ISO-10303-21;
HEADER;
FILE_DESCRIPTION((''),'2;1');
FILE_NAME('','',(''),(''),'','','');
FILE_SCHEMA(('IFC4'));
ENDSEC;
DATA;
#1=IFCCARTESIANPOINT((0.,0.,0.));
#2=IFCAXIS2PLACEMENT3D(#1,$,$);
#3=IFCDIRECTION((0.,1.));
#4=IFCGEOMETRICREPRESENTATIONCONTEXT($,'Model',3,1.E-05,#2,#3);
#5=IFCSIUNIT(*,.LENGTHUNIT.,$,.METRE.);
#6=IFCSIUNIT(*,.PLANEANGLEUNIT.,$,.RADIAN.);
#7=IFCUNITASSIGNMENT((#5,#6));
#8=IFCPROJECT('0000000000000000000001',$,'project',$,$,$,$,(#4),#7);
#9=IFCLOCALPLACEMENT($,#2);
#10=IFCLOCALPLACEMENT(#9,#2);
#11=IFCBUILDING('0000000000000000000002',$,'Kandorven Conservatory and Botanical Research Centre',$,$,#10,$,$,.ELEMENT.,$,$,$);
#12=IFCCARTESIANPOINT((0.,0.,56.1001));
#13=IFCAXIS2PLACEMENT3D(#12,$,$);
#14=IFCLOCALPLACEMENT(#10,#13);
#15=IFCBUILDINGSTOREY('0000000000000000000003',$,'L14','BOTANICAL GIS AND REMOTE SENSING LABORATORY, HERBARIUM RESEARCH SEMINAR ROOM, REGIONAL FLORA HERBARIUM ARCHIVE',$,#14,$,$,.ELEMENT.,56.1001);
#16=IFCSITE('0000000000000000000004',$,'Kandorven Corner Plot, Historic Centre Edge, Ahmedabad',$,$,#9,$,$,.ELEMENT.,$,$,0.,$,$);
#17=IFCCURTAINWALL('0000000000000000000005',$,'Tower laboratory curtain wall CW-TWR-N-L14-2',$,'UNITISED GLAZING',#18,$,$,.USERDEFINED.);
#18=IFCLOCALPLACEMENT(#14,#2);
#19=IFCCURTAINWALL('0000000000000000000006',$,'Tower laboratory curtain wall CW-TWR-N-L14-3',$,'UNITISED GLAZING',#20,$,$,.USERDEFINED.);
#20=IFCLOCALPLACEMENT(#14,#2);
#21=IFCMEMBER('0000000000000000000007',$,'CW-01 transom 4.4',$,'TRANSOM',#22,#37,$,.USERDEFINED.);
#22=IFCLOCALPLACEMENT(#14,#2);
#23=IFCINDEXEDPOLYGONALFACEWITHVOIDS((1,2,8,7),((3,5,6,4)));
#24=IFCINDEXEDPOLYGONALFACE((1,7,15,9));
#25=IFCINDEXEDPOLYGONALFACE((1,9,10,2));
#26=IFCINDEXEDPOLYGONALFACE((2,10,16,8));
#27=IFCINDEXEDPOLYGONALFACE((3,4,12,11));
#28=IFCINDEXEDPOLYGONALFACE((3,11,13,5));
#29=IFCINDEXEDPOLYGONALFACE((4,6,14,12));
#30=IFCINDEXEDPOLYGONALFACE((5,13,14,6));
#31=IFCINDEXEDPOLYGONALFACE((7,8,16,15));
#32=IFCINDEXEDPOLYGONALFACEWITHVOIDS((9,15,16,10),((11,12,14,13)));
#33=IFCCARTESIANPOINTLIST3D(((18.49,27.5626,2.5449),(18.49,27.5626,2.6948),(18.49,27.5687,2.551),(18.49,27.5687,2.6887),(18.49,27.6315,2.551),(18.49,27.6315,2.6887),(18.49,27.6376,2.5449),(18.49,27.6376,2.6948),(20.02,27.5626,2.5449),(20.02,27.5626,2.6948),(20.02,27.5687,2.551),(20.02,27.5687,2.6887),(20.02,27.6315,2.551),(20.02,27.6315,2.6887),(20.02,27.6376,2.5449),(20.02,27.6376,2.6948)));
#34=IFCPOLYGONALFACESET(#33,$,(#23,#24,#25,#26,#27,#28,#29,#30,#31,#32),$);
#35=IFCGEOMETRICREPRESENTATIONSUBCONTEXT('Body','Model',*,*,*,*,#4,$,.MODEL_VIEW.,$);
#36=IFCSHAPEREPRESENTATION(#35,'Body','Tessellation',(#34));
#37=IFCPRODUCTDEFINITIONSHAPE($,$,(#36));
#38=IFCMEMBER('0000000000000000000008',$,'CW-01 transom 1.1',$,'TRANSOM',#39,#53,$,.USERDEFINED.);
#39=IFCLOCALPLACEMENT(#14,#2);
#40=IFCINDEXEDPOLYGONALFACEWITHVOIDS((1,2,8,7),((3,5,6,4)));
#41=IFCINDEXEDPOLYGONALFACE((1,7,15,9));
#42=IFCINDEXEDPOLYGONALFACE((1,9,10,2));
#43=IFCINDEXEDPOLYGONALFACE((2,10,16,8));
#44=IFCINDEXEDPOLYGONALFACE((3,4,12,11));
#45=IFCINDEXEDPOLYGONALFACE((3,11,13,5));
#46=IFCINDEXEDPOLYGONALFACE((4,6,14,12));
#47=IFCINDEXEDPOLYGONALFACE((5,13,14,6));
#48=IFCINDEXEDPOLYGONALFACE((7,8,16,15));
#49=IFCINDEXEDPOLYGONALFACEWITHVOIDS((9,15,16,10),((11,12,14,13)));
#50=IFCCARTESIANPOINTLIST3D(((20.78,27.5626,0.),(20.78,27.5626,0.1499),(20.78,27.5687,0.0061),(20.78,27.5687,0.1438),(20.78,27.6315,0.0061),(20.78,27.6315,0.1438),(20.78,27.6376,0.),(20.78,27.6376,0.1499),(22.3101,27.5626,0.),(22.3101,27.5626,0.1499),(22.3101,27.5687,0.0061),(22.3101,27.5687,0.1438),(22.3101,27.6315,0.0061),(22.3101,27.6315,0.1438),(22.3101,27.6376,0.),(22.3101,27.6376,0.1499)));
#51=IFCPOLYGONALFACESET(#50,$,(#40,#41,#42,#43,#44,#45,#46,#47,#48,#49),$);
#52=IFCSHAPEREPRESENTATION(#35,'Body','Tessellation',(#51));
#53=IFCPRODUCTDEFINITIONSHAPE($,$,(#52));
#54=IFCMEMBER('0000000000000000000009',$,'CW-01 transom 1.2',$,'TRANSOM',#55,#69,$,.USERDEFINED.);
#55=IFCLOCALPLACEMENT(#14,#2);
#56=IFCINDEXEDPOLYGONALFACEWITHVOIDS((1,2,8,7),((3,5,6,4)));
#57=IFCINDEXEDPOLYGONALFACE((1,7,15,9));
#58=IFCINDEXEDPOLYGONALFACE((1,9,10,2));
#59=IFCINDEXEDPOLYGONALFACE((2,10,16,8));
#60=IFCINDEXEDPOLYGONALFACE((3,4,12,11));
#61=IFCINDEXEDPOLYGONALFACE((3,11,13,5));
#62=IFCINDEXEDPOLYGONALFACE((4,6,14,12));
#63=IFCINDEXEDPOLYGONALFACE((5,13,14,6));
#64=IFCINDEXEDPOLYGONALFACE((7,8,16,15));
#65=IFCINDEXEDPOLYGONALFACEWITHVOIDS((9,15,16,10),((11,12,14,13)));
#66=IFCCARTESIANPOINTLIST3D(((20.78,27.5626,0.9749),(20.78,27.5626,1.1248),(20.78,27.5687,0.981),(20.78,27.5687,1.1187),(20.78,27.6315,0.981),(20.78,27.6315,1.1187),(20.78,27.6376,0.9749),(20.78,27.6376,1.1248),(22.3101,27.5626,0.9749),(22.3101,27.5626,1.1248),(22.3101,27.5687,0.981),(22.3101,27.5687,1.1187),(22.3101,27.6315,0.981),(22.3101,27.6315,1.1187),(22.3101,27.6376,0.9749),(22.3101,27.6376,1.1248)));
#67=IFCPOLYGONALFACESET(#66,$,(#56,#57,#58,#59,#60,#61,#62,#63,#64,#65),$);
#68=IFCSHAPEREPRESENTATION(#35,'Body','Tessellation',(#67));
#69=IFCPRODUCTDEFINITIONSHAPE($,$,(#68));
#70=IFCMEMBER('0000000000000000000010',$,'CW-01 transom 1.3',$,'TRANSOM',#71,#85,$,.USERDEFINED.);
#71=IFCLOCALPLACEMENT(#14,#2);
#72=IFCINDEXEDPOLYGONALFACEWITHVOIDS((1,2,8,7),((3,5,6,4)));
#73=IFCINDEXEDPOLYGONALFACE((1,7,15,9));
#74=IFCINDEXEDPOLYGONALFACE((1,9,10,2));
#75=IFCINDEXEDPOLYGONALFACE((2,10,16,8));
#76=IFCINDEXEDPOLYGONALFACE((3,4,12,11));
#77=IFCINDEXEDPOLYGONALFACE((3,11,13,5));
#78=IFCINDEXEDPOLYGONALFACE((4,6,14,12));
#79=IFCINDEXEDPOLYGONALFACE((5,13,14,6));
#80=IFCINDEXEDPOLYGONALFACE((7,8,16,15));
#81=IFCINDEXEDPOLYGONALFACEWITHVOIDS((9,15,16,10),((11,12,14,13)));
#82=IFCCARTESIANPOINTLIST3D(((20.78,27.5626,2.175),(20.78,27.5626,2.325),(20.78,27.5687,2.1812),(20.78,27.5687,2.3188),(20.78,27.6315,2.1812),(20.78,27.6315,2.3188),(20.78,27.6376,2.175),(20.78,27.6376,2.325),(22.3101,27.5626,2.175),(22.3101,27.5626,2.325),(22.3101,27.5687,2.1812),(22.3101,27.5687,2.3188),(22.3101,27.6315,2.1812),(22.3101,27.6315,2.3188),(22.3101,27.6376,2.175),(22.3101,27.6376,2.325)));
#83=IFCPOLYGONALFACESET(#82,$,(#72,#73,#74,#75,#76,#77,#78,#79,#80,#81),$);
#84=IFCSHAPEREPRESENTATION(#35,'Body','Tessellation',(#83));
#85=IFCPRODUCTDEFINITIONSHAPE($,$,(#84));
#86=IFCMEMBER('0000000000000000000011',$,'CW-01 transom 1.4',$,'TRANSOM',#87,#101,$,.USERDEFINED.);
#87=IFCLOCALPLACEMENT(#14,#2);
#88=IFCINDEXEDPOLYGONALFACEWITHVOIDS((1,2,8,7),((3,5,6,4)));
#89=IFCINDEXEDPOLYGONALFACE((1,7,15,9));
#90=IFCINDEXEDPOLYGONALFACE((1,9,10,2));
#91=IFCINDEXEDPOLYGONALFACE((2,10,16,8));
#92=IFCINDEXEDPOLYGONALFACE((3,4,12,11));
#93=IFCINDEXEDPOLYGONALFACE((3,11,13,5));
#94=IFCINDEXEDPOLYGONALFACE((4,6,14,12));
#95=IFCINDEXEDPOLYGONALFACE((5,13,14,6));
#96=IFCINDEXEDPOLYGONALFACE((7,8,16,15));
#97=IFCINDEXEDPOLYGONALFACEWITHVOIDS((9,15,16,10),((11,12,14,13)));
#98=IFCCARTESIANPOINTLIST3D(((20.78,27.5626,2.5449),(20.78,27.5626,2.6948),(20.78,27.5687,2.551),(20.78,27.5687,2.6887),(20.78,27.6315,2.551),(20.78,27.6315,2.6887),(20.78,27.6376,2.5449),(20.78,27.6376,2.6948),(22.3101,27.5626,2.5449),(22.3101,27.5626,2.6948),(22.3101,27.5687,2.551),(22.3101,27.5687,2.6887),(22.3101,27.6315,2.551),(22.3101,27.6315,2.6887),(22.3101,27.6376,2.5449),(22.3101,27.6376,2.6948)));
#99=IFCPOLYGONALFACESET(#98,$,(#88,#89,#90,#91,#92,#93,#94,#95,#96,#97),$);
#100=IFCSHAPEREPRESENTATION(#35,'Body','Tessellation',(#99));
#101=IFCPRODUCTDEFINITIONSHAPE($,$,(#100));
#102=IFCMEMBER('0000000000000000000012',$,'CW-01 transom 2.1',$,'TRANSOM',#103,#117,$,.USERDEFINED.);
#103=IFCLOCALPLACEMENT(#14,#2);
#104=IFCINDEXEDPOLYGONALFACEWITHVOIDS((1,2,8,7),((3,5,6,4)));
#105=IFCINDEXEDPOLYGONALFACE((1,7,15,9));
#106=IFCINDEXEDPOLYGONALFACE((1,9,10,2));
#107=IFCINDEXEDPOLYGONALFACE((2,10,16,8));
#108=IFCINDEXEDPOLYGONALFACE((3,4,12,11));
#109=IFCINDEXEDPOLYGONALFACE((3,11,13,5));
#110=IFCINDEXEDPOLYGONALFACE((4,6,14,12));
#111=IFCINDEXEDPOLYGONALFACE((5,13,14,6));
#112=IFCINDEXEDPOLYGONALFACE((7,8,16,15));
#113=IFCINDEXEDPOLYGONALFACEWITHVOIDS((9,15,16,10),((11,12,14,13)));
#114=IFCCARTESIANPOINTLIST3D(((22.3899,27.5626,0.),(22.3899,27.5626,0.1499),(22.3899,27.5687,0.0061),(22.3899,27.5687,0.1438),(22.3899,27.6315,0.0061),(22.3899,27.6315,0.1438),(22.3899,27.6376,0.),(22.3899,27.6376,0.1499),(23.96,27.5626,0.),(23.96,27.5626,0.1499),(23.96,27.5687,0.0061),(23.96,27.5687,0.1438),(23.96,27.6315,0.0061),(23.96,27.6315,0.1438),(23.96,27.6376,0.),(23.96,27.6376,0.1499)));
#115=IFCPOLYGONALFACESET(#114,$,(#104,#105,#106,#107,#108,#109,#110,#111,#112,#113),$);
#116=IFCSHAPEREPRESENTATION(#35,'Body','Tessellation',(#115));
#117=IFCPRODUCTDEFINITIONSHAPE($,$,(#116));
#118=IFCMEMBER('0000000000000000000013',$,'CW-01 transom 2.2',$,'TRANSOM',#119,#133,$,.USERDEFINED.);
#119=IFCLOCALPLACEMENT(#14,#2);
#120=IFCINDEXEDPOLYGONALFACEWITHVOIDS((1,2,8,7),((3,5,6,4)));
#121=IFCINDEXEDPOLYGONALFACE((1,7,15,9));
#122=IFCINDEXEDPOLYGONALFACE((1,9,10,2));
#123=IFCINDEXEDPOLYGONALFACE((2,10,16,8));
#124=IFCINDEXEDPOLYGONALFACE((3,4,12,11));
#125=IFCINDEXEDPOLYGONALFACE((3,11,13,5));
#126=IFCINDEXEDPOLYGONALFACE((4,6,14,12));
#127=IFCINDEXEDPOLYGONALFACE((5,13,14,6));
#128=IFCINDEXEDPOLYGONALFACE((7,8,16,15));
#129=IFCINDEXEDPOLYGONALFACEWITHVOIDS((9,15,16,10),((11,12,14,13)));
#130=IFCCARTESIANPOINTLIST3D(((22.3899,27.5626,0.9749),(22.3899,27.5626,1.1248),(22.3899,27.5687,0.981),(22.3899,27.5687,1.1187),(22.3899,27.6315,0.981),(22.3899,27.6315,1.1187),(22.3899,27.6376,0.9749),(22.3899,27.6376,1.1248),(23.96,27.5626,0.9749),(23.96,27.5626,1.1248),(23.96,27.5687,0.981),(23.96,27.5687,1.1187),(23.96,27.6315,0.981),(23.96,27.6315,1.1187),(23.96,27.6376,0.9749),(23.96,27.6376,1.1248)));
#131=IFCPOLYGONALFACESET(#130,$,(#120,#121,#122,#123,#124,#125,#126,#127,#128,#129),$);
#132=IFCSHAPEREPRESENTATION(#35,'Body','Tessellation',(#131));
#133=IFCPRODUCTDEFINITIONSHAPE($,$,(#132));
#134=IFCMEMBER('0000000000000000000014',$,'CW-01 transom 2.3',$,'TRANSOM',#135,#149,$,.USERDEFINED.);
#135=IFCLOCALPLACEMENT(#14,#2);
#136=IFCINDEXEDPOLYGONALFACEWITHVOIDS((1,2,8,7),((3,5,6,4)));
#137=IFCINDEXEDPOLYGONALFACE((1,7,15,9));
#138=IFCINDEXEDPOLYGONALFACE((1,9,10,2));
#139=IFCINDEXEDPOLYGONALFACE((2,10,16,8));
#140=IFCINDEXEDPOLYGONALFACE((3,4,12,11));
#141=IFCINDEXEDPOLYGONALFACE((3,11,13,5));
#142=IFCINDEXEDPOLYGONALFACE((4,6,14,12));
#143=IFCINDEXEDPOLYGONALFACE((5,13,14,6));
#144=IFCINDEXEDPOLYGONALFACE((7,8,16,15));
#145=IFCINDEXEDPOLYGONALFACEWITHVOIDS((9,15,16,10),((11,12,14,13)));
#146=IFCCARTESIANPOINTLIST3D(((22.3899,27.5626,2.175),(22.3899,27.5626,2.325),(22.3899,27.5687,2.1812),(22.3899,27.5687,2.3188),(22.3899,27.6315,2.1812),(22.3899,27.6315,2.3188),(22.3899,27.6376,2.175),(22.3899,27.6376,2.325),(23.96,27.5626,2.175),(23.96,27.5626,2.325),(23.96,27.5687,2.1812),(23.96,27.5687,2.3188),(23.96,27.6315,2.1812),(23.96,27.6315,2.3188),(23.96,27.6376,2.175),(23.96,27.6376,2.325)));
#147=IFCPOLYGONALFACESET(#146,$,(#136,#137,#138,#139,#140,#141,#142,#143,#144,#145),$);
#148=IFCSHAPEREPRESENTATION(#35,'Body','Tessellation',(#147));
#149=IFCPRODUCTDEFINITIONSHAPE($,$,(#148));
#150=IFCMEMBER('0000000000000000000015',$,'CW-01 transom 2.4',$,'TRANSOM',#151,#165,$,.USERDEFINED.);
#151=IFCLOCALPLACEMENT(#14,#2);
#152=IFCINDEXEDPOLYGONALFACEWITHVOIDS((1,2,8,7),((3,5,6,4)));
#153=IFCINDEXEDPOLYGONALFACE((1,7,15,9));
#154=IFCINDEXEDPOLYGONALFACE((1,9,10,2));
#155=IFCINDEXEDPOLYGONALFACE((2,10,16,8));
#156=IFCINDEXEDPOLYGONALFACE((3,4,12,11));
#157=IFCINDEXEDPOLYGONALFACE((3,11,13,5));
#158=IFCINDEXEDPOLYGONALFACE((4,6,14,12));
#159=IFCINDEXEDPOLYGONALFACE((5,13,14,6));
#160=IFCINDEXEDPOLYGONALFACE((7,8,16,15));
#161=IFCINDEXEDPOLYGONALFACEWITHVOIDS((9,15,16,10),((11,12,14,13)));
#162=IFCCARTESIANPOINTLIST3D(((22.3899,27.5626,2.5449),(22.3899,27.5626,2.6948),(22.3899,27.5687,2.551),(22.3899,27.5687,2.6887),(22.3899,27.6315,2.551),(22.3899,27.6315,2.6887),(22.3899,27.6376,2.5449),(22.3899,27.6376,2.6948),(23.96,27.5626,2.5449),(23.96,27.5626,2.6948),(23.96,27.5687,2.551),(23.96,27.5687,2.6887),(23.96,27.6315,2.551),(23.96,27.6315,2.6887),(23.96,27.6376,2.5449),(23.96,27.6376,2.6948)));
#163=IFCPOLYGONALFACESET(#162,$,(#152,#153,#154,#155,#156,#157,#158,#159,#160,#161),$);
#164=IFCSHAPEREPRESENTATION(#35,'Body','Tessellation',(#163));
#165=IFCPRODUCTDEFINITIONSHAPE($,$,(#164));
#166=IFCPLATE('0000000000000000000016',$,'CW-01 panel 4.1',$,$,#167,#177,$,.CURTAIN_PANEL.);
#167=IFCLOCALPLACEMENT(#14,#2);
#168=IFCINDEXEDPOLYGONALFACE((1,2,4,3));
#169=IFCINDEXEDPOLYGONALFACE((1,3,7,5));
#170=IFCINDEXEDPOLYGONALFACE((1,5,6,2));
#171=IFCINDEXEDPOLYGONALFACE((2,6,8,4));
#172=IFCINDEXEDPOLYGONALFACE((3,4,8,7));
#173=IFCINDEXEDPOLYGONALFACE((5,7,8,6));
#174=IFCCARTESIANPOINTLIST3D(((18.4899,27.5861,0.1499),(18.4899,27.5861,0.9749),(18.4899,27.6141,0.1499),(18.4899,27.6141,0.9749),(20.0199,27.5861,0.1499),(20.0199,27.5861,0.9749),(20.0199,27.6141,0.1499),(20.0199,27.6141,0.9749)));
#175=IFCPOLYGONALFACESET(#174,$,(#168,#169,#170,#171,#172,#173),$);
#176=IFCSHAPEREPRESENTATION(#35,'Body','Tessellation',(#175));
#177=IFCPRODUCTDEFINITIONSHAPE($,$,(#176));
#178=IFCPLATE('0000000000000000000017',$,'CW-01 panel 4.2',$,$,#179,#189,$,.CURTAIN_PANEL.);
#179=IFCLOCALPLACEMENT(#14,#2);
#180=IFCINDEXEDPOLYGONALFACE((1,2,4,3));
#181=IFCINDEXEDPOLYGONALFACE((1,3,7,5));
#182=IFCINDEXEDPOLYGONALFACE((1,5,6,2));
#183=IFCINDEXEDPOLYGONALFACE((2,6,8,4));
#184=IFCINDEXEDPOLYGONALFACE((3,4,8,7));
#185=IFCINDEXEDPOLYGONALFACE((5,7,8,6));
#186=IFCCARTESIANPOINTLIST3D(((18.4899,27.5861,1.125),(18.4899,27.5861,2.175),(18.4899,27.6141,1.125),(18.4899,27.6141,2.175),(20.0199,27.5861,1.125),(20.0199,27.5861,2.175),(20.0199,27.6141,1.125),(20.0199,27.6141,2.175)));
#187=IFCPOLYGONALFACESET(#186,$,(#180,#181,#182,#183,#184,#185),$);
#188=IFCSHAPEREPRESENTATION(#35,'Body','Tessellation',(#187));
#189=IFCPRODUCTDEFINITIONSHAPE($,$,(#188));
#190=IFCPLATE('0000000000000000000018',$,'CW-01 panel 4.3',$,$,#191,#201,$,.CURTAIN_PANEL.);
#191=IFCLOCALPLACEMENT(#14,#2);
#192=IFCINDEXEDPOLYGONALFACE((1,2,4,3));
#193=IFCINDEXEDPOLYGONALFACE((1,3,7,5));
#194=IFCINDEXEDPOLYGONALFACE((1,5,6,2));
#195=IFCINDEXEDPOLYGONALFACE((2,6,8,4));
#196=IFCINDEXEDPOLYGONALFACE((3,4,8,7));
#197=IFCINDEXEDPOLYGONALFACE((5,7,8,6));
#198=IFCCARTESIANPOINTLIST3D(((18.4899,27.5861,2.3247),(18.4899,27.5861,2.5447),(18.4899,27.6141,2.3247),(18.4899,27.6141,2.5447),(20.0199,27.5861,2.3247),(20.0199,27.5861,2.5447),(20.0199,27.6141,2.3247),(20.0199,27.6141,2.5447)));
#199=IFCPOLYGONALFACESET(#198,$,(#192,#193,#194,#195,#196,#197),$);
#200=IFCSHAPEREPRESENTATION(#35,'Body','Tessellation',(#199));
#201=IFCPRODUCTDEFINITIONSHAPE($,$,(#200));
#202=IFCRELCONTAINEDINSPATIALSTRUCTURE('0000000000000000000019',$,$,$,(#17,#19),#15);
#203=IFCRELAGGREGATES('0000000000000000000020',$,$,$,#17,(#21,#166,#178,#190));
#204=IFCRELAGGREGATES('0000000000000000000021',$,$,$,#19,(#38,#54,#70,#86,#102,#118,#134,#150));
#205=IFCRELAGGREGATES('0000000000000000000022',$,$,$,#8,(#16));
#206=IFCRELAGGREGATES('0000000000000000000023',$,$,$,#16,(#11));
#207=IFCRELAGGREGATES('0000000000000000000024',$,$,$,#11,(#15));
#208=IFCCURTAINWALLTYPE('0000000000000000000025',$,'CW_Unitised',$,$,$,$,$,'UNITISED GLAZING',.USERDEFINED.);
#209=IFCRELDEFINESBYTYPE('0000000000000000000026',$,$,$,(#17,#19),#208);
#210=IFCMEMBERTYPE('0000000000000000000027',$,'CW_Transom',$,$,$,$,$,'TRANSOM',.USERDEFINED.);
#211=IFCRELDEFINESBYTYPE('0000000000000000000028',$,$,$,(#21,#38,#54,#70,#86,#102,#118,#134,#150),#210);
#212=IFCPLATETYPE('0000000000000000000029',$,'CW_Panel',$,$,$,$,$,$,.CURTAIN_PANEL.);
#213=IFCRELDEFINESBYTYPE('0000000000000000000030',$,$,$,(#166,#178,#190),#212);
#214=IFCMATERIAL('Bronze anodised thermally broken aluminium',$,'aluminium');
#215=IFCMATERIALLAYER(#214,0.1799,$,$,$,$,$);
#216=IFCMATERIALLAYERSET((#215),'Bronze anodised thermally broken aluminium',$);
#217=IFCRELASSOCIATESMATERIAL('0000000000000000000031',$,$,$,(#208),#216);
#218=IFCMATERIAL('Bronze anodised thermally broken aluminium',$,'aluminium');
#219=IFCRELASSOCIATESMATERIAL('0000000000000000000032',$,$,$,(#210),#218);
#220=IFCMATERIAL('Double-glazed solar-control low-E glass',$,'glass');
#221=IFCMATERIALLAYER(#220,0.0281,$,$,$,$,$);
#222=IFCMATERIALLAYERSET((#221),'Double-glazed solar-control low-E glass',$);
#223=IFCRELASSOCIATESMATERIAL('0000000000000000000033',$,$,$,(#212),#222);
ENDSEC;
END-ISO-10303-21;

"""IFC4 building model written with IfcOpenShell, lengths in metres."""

from ifc_helpers import new_model, si_unit, direction, frame, origin, origin_2d, place, context, subcontext, project, spatial, rectangle, hollow_rectangle, extrude, material, layer, layer_set, material_profile, profile_set, type_object, element, aggregate, save


model = new_model("IFC4")

# Units and contexts
model_context = context("Model", 3, precision=1e-05, world=origin(), true_north=direction((0.0, 1.0)))
body_context = subcontext(model_context, "Body", "Model", "MODEL_VIEW")
ifc_project = project(units=[si_unit("LENGTHUNIT", "METRE"), si_unit("PLANEANGLEUNIT", "RADIAN")], contexts=[model_context])

# Site, building, storey
site_placement = place(None, origin())
site = spatial("IfcSite", under=ifc_project, at=site_placement, Name="Kandorven Corner Plot, Historic Centre Edge, Ahmedabad", CompositionType="ELEMENT", RefElevation=0.0)
building_placement = place(site_placement, origin())
building = spatial("IfcBuilding", under=site, at=building_placement, Name="Kandorven Conservatory and Botanical Research Centre", CompositionType="ELEMENT")
storey_placement = place(building_placement, frame((0.0, 0.0, 56.1001)))
storey = spatial("IfcBuildingStorey", under=building, at=storey_placement, Name="L14", Description="BOTANICAL GIS AND REMOTE SENSING LABORATORY, HERBARIUM RESEARCH SEMINAR ROOM, REGIONAL FLORA HERBARIUM ARCHIVE", CompositionType="ELEMENT", Elevation=56.1001)

# Curtain wall
ifc_material_1 = material(Name="Bronze anodised thermally broken aluminium", Category="aluminium")
ifc_layer_1 = layer(ifc_material_1, 0.1799)
ifc_layer_set_1 = layer_set([ifc_layer_1], Name="Bronze anodised thermally broken aluminium")
curtain_wall_type = type_object("IfcCurtainWallType", Name="CW_Unitised", ElementType="UNITISED GLAZING", PredefinedType="USERDEFINED", material=ifc_layer_set_1)
curtain_wall_1_placement = place(storey_placement, origin())
curtain_wall_1 = element("IfcCurtainWall", 1, at=curtain_wall_1_placement, inside=storey, type_object=curtain_wall_type, Name="Tower laboratory curtain wall CW-TWR-N-L14-2", ObjectType="UNITISED GLAZING", PredefinedType="USERDEFINED")

# Curtain wall
curtain_wall_2_placement = place(storey_placement, origin())
curtain_wall_2 = element("IfcCurtainWall", 2, at=curtain_wall_2_placement, inside=storey, type_object=curtain_wall_type, Name="Tower laboratory curtain wall CW-TWR-N-L14-3", ObjectType="UNITISED GLAZING", PredefinedType="USERDEFINED")

# Members
ifc_material_2 = material(Name="Bronze anodised thermally broken aluminium", Category="aluminium")
ifc_material_profile_1 = material_profile(ifc_material_2, hollow_rectangle(XDim=0.075, YDim=0.1499, WallThickness=0.0061, at=origin_2d()))
ifc_profile_set_1 = profile_set([ifc_material_profile_1], Name="Bronze anodised thermally broken aluminium")
member_type_1 = type_object("IfcMemberType", Name="CW_Transom", ElementType="TRANSOM", PredefinedType="USERDEFINED", material=ifc_profile_set_1)
member_1_placement = place(storey_placement, frame((18.49, 27.6001, 2.6199), z_axis=(1.0, 0.0, 0.0), x_axis=(0.0, 1.0, 0.0)))
member_1 = element("IfcMember", 3, at=member_1_placement, type_object=member_type_1, Name="CW-01 transom 4.4", ObjectType="TRANSOM", PredefinedType="USERDEFINED", context=body_context, shape_type="SweptSolid", body=[
    extrude(hollow_rectangle(XDim=0.075, YDim=0.1499, WallThickness=0.0061, at=origin_2d()), origin(), (0.0, 0.0, 1.0), 1.53),
])
member_2_placement = place(storey_placement, frame((20.78, 27.6001, 0.075), z_axis=(1.0, 0.0, 0.0), x_axis=(0.0, 1.0, 0.0)))
member_2 = element("IfcMember", 4, at=member_2_placement, type_object=member_type_1, Name="CW-01 transom 1.1", ObjectType="TRANSOM", PredefinedType="USERDEFINED", context=body_context, shape_type="SweptSolid", body=[
    extrude(hollow_rectangle(XDim=0.075, YDim=0.1499, WallThickness=0.0061, at=origin_2d()), origin(), (0.0, 0.0, 1.0), 1.53),
])
member_3_placement = place(storey_placement, frame((20.78, 27.6001, 1.0498), z_axis=(1.0, 0.0, 0.0), x_axis=(0.0, 1.0, 0.0)))
member_3 = element("IfcMember", 5, at=member_3_placement, type_object=member_type_1, Name="CW-01 transom 1.2", ObjectType="TRANSOM", PredefinedType="USERDEFINED", context=body_context, shape_type="SweptSolid", body=[
    extrude(hollow_rectangle(XDim=0.075, YDim=0.1499, WallThickness=0.0061, at=origin_2d()), origin(), (0.0, 0.0, 1.0), 1.53),
])
member_4_placement = place(storey_placement, frame((20.78, 27.6001, 2.25), z_axis=(1.0, 0.0, 0.0), x_axis=(0.0, 1.0, 0.0)))
member_4 = element("IfcMember", 6, at=member_4_placement, type_object=member_type_1, Name="CW-01 transom 1.3", ObjectType="TRANSOM", PredefinedType="USERDEFINED", context=body_context, shape_type="SweptSolid", body=[
    extrude(hollow_rectangle(XDim=0.075, YDim=0.1499, WallThickness=0.0061, at=origin_2d()), origin(), (0.0, 0.0, 1.0), 1.53),
])
member_5_placement = place(storey_placement, frame((20.78, 27.6001, 2.6199), z_axis=(1.0, 0.0, 0.0), x_axis=(0.0, 1.0, 0.0)))
member_5 = element("IfcMember", 7, at=member_5_placement, type_object=member_type_1, Name="CW-01 transom 1.4", ObjectType="TRANSOM", PredefinedType="USERDEFINED", context=body_context, shape_type="SweptSolid", body=[
    extrude(hollow_rectangle(XDim=0.075, YDim=0.1499, WallThickness=0.0061, at=origin_2d()), origin(), (0.0, 0.0, 1.0), 1.53),
])
member_6_placement = place(storey_placement, frame((22.3899, 27.6001, 0.075), z_axis=(1.0, 0.0, 0.0), x_axis=(0.0, 1.0, 0.0)))
member_6 = element("IfcMember", 8, at=member_6_placement, type_object=member_type_1, Name="CW-01 transom 2.1", ObjectType="TRANSOM", PredefinedType="USERDEFINED", context=body_context, shape_type="SweptSolid", body=[
    extrude(hollow_rectangle(XDim=0.075, YDim=0.1499, WallThickness=0.0061, at=origin_2d()), origin(), (0.0, 0.0, 1.0), 1.5701),
])
member_7_placement = place(storey_placement, frame((22.3899, 27.6001, 1.0498), z_axis=(1.0, 0.0, 0.0), x_axis=(0.0, 1.0, 0.0)))
member_7 = element("IfcMember", 9, at=member_7_placement, type_object=member_type_1, Name="CW-01 transom 2.2", ObjectType="TRANSOM", PredefinedType="USERDEFINED", context=body_context, shape_type="SweptSolid", body=[
    extrude(hollow_rectangle(XDim=0.075, YDim=0.1499, WallThickness=0.0061, at=origin_2d()), origin(), (0.0, 0.0, 1.0), 1.5701),
])
member_8_placement = place(storey_placement, frame((22.3899, 27.6001, 2.25), z_axis=(1.0, 0.0, 0.0), x_axis=(0.0, 1.0, 0.0)))
member_8 = element("IfcMember", 10, at=member_8_placement, type_object=member_type_1, Name="CW-01 transom 2.3", ObjectType="TRANSOM", PredefinedType="USERDEFINED", context=body_context, shape_type="SweptSolid", body=[
    extrude(hollow_rectangle(XDim=0.075, YDim=0.1499, WallThickness=0.0061, at=origin_2d()), origin(), (0.0, 0.0, 1.0), 1.5701),
])
member_9_placement = place(storey_placement, frame((22.3899, 27.6001, 2.6199), z_axis=(1.0, 0.0, 0.0), x_axis=(0.0, 1.0, 0.0)))
member_9 = element("IfcMember", 11, at=member_9_placement, type_object=member_type_1, Name="CW-01 transom 2.4", ObjectType="TRANSOM", PredefinedType="USERDEFINED", context=body_context, shape_type="SweptSolid", body=[
    extrude(hollow_rectangle(XDim=0.075, YDim=0.1499, WallThickness=0.0061, at=origin_2d()), origin(), (0.0, 0.0, 1.0), 1.5701),
])

# Plates
ifc_material_3 = material(Name="Double-glazed solar-control low-E glass", Category="glass")
ifc_layer_2 = layer(ifc_material_3, 0.0281)
ifc_layer_set_2 = layer_set([ifc_layer_2], Name="Double-glazed solar-control low-E glass")
plate_type = type_object("IfcPlateType", Name="CW_Panel", PredefinedType="CURTAIN_PANEL", material=ifc_layer_set_2)
plate_1_placement = place(storey_placement, frame((19.2549, 27.6001, 0.1499), z_axis=(0.0, 0.0, 1.0), x_axis=(1.0, 0.0, 0.0)))
plate_1 = element("IfcPlate", 12, at=plate_1_placement, type_object=plate_type, Name="CW-01 panel 4.1", PredefinedType="CURTAIN_PANEL", context=body_context, shape_type="SweptSolid", body=[
    extrude(rectangle(XDim=1.53, YDim=0.0281, at=origin_2d()), origin(), (0.0, 0.0, 1.0), 0.825),
])
plate_2_placement = place(storey_placement, frame((19.2549, 27.6001, 1.125), z_axis=(0.0, 0.0, 1.0), x_axis=(1.0, 0.0, 0.0)))
plate_2 = element("IfcPlate", 13, at=plate_2_placement, type_object=plate_type, Name="CW-01 panel 4.2", PredefinedType="CURTAIN_PANEL", context=body_context, shape_type="SweptSolid", body=[
    extrude(rectangle(XDim=1.53, YDim=0.0281, at=origin_2d()), origin(), (0.0, 0.0, 1.0), 1.05),
])
plate_3_placement = place(storey_placement, frame((19.2549, 27.6001, 2.3247), z_axis=(0.0, 0.0, 1.0), x_axis=(1.0, 0.0, 0.0)))
plate_3 = element("IfcPlate", 14, at=plate_3_placement, type_object=plate_type, Name="CW-01 panel 4.3", PredefinedType="CURTAIN_PANEL", context=body_context, shape_type="SweptSolid", body=[
    extrude(rectangle(XDim=1.53, YDim=0.0281, at=origin_2d()), origin(), (0.0, 0.0, 1.0), 0.22),
])
aggregate(curtain_wall_1, [member_1, plate_1, plate_2, plate_3])
aggregate(curtain_wall_2, [member_2, member_3, member_4, member_5, member_6, member_7, member_8, member_9])

save(model, "model.ifc")
